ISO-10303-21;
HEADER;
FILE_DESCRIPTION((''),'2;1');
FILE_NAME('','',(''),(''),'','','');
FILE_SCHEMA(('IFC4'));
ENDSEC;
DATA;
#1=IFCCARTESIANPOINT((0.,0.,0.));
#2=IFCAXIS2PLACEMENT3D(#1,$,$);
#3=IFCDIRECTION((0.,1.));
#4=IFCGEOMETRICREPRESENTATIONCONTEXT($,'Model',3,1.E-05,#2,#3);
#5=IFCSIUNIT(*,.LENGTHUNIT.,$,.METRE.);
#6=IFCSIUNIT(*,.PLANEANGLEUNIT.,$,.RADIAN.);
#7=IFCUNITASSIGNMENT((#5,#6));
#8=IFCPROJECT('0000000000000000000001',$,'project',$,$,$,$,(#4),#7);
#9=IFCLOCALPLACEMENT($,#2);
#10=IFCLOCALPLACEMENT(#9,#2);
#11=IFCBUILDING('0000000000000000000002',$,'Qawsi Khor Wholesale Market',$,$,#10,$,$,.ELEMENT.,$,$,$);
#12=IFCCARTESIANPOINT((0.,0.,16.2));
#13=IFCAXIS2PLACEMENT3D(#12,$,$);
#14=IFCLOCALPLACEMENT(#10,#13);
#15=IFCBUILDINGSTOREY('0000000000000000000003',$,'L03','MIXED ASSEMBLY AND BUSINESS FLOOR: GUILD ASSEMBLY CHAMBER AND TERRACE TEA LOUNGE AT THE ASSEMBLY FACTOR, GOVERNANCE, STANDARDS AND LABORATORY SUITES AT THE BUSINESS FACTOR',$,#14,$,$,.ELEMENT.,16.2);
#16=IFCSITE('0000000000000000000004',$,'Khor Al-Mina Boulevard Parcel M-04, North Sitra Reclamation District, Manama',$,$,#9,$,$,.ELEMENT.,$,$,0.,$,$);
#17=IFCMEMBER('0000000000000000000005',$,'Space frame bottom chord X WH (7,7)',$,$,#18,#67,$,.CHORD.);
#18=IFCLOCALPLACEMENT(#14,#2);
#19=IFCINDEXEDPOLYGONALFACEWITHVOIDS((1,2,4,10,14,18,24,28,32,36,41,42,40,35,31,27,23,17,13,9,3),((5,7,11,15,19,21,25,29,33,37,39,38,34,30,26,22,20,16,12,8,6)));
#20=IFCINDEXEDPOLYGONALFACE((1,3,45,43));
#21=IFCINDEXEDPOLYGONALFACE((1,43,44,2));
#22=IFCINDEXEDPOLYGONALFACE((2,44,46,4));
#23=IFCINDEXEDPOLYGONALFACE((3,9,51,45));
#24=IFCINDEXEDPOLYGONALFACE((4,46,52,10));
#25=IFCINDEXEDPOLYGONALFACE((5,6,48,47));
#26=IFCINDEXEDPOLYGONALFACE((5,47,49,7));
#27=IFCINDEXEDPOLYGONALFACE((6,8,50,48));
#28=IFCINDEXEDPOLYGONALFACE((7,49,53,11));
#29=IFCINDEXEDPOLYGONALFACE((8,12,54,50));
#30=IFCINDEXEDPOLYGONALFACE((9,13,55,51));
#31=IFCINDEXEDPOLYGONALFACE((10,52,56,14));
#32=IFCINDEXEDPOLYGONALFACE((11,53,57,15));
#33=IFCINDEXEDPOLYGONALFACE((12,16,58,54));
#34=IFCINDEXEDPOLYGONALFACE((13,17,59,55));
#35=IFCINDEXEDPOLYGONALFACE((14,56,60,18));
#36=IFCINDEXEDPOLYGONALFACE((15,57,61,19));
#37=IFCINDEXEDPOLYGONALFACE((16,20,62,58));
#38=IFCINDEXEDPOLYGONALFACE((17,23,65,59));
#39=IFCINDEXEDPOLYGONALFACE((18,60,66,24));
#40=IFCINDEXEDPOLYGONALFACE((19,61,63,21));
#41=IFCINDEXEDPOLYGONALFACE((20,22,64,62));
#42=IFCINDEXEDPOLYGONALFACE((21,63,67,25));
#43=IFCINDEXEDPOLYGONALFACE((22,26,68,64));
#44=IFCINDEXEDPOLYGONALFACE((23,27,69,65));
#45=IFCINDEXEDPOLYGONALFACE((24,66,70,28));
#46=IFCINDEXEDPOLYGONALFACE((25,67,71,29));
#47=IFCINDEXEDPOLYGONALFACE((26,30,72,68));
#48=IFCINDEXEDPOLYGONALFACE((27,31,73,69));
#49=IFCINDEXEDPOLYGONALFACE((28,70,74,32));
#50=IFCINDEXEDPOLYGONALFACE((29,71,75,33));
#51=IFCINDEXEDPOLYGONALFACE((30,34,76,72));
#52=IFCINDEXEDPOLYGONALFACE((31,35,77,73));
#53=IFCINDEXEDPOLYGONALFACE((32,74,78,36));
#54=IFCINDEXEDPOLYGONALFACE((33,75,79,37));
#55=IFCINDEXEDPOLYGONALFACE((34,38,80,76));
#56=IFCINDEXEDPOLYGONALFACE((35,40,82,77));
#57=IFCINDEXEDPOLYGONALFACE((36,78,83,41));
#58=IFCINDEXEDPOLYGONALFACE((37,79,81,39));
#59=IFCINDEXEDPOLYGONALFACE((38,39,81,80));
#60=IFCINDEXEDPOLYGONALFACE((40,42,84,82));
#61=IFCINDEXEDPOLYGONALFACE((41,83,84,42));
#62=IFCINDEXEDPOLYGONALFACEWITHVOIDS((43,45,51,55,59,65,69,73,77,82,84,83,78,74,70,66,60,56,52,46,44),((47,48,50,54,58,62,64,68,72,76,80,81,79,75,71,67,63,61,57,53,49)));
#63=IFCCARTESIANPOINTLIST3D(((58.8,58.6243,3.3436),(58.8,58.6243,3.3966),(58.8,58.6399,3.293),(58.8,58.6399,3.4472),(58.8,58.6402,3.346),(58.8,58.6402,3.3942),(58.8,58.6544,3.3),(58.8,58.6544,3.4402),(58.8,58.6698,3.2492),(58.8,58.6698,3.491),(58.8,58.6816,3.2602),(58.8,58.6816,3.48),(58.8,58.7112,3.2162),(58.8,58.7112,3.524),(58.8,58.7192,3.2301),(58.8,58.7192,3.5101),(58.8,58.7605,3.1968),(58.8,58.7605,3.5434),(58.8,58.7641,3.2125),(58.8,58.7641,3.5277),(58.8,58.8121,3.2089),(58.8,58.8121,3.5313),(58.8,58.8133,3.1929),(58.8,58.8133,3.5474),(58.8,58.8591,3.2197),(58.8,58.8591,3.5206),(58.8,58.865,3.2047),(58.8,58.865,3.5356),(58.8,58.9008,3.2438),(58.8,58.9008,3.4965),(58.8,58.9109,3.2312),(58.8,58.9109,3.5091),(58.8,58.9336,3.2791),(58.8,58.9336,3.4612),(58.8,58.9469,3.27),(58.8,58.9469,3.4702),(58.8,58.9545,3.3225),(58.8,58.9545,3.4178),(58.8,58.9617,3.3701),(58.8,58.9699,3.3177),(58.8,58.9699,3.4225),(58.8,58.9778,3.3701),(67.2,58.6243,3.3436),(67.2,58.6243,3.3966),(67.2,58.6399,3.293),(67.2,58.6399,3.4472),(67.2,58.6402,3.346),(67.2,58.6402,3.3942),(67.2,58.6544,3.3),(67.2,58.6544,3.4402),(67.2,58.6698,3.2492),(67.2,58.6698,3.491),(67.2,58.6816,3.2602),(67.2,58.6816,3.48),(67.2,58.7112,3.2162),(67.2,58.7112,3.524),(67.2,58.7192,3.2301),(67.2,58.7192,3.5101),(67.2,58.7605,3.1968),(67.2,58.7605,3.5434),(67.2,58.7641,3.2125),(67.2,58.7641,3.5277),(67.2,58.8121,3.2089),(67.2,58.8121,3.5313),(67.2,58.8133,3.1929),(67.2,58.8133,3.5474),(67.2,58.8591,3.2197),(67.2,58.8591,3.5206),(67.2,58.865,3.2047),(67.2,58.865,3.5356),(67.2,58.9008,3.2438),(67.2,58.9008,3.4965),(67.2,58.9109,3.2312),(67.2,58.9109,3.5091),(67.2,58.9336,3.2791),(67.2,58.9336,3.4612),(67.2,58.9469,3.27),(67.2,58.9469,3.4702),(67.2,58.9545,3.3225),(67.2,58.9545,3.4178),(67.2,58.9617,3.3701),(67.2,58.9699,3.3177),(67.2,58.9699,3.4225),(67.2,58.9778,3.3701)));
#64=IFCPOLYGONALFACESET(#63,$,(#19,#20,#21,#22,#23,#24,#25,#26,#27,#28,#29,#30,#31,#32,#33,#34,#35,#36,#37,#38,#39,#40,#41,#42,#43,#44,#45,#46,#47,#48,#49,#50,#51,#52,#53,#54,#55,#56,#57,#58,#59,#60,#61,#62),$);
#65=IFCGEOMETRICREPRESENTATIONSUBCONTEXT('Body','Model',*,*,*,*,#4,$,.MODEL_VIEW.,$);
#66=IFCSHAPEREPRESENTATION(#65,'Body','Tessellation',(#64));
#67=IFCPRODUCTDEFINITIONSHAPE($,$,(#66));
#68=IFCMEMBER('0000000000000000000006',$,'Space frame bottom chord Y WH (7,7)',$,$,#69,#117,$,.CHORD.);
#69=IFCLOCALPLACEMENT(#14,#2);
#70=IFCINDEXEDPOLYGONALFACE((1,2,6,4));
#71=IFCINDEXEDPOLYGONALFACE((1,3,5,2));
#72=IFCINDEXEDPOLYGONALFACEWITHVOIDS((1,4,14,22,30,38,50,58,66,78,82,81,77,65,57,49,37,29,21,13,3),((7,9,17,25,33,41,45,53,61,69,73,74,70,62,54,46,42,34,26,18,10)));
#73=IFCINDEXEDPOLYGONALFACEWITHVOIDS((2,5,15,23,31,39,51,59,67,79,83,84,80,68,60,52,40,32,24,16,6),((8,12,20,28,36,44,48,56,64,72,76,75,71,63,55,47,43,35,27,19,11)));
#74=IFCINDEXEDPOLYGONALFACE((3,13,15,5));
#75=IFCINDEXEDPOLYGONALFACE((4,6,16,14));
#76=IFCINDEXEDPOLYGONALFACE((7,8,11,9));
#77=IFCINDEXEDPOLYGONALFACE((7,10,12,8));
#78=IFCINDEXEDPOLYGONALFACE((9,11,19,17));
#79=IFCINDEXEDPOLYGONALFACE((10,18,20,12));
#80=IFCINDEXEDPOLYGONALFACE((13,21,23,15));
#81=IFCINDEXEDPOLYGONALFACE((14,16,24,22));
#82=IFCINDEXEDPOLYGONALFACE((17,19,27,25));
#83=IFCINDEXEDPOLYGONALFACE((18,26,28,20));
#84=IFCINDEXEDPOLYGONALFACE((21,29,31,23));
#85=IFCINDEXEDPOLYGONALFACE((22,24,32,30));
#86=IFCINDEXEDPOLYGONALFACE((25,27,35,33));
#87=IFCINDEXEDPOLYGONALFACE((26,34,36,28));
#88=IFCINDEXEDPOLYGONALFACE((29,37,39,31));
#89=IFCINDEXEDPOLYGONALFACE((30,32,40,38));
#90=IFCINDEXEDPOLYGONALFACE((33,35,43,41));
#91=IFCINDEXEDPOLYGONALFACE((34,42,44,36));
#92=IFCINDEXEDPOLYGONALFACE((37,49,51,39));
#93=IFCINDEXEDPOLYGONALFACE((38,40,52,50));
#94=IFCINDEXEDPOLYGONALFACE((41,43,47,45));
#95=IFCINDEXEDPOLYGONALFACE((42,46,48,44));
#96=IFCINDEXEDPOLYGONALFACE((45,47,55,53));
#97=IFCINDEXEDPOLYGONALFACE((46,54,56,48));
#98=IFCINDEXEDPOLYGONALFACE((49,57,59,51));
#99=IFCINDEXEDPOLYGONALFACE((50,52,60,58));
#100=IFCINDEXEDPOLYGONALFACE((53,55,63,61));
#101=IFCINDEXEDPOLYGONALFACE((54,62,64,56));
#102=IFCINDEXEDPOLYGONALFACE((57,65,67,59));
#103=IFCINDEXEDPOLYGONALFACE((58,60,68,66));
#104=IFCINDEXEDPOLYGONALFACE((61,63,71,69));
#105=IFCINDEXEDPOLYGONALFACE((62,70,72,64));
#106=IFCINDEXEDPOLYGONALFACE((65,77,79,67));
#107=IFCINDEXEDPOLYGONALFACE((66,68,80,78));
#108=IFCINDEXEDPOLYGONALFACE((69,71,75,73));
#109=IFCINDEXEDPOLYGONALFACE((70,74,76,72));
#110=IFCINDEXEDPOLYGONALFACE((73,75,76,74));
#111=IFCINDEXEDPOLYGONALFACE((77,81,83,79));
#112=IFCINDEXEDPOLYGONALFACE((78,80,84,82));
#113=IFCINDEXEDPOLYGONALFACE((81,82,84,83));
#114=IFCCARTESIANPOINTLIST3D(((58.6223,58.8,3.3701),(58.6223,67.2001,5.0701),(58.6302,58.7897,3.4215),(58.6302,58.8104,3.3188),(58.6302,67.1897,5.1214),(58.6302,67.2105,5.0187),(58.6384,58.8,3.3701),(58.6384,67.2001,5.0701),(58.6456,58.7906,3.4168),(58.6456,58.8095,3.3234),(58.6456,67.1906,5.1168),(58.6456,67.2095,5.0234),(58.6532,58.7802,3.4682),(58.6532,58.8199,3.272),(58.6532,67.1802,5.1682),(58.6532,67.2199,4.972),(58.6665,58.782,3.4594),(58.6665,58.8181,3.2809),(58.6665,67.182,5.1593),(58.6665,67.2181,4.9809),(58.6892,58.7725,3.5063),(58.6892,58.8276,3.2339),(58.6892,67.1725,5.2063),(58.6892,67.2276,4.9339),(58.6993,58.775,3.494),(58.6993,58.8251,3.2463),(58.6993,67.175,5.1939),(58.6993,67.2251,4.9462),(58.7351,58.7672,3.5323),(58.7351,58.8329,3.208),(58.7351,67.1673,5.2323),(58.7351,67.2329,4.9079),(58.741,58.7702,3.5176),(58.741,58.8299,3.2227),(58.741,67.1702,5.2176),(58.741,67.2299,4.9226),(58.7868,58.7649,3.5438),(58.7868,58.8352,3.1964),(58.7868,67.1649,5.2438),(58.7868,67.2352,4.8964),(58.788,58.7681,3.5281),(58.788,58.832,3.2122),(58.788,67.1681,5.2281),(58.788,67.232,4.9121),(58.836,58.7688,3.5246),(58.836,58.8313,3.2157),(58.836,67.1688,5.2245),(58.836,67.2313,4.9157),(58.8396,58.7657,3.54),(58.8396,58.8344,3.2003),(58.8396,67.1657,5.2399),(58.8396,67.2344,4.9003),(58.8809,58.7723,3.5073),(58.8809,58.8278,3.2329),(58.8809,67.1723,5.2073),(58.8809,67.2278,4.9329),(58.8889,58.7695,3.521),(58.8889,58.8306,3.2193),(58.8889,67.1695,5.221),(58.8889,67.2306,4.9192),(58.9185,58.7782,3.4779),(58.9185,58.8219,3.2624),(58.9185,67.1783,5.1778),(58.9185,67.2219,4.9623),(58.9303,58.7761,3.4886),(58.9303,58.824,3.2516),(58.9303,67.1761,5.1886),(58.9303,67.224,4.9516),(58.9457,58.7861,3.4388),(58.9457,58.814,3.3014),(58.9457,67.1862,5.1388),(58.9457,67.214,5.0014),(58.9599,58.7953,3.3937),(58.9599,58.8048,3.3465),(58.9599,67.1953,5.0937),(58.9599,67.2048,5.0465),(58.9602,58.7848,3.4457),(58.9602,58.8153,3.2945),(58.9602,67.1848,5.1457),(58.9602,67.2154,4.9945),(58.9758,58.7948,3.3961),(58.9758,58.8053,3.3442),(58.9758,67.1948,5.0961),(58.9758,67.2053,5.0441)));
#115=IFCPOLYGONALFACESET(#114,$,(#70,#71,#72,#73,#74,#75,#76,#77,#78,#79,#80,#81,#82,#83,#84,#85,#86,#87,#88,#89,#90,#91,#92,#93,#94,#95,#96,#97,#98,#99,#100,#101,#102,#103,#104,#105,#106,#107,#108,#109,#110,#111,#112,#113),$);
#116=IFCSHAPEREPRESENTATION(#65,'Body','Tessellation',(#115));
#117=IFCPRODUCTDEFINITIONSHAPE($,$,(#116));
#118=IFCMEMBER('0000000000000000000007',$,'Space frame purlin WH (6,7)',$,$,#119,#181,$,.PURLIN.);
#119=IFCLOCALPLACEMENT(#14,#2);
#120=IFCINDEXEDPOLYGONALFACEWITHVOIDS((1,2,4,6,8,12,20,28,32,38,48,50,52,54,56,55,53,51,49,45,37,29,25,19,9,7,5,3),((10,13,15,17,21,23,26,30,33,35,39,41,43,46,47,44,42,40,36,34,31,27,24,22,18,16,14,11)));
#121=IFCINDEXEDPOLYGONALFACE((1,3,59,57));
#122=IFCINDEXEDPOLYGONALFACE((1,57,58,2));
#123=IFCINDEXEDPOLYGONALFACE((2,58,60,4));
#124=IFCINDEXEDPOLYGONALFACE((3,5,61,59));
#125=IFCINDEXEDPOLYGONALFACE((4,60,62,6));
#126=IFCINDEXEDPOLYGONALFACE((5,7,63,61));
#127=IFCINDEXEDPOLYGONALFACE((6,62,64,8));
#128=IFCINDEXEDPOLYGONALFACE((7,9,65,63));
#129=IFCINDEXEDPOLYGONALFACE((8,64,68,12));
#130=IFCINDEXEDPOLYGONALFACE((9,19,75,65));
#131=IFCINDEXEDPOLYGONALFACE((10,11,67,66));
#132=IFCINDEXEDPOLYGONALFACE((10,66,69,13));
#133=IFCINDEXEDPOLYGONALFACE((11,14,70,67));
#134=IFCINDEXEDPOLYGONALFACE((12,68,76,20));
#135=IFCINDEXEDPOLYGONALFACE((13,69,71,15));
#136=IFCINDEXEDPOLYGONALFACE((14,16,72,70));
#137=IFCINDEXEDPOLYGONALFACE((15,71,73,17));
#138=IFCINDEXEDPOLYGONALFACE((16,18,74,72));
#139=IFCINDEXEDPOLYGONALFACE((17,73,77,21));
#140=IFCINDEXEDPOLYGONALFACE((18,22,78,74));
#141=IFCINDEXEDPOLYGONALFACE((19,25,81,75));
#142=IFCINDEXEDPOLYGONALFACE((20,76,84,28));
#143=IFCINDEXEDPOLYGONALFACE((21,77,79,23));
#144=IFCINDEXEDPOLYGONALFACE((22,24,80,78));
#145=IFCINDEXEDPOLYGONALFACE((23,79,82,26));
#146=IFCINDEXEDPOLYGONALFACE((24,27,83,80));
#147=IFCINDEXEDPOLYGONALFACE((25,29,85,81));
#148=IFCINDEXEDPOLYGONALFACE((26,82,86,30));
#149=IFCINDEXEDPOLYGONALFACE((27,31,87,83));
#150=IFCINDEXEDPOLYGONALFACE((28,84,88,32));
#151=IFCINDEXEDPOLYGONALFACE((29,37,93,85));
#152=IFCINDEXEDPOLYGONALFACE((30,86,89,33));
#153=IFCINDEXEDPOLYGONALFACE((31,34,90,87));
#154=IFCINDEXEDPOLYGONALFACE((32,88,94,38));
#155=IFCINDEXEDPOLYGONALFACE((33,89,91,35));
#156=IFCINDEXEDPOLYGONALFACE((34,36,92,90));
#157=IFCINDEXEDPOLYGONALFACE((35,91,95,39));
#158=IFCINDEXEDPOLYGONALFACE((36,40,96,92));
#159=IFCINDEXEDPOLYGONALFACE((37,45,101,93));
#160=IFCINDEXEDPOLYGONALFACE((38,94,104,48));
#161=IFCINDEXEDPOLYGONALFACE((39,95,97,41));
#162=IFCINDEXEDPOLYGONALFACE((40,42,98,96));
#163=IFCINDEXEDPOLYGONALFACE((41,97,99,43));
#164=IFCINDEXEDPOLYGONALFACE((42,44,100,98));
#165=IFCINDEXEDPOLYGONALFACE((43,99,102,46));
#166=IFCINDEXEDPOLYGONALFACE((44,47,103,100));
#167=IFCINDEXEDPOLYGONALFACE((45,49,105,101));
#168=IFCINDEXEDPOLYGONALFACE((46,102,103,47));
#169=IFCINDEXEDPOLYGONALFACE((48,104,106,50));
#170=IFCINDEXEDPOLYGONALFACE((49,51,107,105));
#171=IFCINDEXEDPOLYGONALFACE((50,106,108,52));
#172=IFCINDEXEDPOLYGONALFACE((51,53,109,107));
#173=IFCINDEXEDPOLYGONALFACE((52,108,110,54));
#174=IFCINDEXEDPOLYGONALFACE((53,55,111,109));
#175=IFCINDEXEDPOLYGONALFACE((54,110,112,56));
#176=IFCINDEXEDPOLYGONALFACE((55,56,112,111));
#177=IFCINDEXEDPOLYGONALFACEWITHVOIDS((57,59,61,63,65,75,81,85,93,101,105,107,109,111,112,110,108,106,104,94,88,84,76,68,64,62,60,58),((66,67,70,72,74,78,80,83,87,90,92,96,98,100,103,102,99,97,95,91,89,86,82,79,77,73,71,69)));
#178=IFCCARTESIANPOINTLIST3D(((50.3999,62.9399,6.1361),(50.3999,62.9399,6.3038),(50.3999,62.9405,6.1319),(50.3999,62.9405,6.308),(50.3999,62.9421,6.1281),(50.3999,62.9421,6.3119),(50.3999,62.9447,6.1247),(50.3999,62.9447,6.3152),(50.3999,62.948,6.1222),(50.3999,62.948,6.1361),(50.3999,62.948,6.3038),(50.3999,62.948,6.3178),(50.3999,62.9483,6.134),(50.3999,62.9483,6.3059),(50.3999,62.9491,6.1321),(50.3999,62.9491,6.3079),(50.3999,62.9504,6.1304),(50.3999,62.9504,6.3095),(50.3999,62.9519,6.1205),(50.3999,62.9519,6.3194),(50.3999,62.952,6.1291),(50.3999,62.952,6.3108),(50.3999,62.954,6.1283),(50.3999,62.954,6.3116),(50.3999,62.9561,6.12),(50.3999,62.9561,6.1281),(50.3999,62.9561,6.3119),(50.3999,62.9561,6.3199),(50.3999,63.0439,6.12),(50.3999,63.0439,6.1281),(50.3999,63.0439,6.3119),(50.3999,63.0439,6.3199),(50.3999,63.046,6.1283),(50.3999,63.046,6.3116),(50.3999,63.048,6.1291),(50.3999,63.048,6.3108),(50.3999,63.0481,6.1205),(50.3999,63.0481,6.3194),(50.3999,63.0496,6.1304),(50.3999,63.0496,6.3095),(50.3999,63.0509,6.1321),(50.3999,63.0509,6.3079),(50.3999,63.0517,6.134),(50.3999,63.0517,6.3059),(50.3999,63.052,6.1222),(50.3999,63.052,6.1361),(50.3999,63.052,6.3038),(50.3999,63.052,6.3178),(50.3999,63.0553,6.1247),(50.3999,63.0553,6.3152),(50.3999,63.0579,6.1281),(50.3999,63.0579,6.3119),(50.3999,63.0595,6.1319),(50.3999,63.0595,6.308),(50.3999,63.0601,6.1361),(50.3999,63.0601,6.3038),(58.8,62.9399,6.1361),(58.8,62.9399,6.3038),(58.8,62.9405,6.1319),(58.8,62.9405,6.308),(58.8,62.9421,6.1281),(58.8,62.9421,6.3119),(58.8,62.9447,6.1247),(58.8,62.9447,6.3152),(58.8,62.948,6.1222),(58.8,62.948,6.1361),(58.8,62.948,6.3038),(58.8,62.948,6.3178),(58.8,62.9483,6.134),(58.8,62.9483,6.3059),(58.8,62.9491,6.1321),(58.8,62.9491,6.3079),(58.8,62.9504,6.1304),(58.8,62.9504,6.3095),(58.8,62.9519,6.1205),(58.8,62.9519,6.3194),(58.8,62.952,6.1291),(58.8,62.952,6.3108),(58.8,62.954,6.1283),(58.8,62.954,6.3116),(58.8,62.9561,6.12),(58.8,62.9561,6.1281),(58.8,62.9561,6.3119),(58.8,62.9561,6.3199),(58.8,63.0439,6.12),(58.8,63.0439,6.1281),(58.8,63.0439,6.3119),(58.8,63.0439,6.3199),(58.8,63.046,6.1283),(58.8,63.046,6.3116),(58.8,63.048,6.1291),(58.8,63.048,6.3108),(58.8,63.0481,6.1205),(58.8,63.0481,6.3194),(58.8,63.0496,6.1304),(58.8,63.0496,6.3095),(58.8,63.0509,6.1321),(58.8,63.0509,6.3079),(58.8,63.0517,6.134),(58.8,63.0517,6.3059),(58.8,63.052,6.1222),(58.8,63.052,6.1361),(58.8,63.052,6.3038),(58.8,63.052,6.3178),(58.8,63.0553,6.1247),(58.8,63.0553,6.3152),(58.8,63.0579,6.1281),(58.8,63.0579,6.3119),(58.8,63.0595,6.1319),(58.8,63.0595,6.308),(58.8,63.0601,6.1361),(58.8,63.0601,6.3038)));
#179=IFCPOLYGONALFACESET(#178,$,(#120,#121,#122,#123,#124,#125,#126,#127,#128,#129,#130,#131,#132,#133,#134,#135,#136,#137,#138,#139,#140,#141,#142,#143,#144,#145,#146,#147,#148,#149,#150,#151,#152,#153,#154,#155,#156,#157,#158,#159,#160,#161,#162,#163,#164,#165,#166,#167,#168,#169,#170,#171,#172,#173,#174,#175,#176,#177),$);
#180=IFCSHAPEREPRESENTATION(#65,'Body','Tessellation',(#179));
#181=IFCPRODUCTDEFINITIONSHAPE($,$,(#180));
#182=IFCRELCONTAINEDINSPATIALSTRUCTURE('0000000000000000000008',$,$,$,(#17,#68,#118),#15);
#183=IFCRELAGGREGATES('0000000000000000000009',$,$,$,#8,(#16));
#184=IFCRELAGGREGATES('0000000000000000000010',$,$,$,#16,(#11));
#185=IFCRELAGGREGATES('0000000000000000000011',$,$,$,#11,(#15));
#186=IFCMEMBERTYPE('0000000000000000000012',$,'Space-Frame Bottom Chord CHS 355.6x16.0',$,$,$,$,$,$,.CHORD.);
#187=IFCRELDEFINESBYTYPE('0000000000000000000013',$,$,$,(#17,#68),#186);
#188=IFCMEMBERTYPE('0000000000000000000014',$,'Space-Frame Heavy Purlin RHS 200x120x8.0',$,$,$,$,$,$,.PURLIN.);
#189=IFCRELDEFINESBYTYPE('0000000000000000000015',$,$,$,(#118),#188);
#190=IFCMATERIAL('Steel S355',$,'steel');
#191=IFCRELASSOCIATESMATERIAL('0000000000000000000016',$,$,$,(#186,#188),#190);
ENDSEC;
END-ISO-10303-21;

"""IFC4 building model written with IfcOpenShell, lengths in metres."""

from ifc_helpers import new_model, si_unit, direction, frame, origin, origin_2d, place, context, subcontext, project, spatial, hollow_rectangle, hollow_circle, extrude, material, material_profile, profile_set, type_object, element, save


model = new_model("IFC4")

# Units and contexts
model_context = context("Model", 3, precision=1e-05, world=origin(), true_north=direction((0.0, 1.0)))
body_context = subcontext(model_context, "Body", "Model", "MODEL_VIEW")
ifc_project = project(units=[si_unit("LENGTHUNIT", "METRE"), si_unit("PLANEANGLEUNIT", "RADIAN")], contexts=[model_context])

# Site, building, storey
site_placement = place(None, origin())
site = spatial("IfcSite", under=ifc_project, at=site_placement, Name="Khor Al-Mina Boulevard Parcel M-04, North Sitra Reclamation District, Manama", CompositionType="ELEMENT", RefElevation=0.0)
building_placement = place(site_placement, origin())
building = spatial("IfcBuilding", under=site, at=building_placement, Name="Qawsi Khor Wholesale Market", CompositionType="ELEMENT")
storey_placement = place(building_placement, frame((0.0, 0.0, 16.2)))
storey = spatial("IfcBuildingStorey", under=building, at=storey_placement, Name="L03", Description="MIXED ASSEMBLY AND BUSINESS FLOOR: GUILD ASSEMBLY CHAMBER AND TERRACE TEA LOUNGE AT THE ASSEMBLY FACTOR, GOVERNANCE, STANDARDS AND LABORATORY SUITES AT THE BUSINESS FACTOR", CompositionType="ELEMENT", Elevation=16.2)

# Members
ifc_material_1 = material(Name="Steel S355", Category="steel")
ifc_material_profile_1 = material_profile(ifc_material_1, hollow_circle(Radius=0.1777, WallThickness=0.0161, at=origin_2d()), Name="CHS 355.6x16.0")
ifc_profile_set_1 = profile_set([ifc_material_profile_1], Name="Steel S355")
member_type_1 = type_object("IfcMemberType", Name="Space-Frame Bottom Chord CHS 355.6x16.0", PredefinedType="CHORD", material=ifc_profile_set_1)
member_1_placement = place(storey_placement, frame((58.8, 58.8, 3.3701), z_axis=(1.0, 0.0, 0.0), x_axis=(0.0, 1.0, 0.0)))
element("IfcMember", 1, at=member_1_placement, inside=storey, type_object=member_type_1, Name="Space frame bottom chord X WH (7,7)", PredefinedType="CHORD", context=body_context, shape_type="SweptSolid", body=[
    extrude(hollow_circle(Radius=0.1777, WallThickness=0.0161, at=origin_2d()), origin(), (0.0, 0.0, 1.0), 8.3999),
])
member_2_placement = place(storey_placement, frame((58.8, 58.8, 3.3701), z_axis=(0.0, 0.98013, 0.198356), x_axis=(-1.0, 0.0, 0.0)))
element("IfcMember", 2, at=member_2_placement, inside=storey, type_object=member_type_1, Name="Space frame bottom chord Y WH (7,7)", PredefinedType="CHORD", context=body_context, shape_type="SweptSolid", body=[
    extrude(hollow_circle(Radius=0.1777, WallThickness=0.0161, at=origin_2d()), origin(), (0.0, 0.0, 1.0), 8.5703),
])
ifc_material_profile_2 = material_profile(ifc_material_1, hollow_rectangle(XDim=0.1201, YDim=0.2, WallThickness=0.0081, InnerFilletRadius=0.0081, OuterFilletRadius=0.0161, at=origin_2d()), Name="RHS 200x120x8.0")
ifc_profile_set_2 = profile_set([ifc_material_profile_2], Name="Steel S355")
member_type_2 = type_object("IfcMemberType", Name="Space-Frame Heavy Purlin RHS 200x120x8.0", PredefinedType="PURLIN", material=ifc_profile_set_2)
for number, where, z_axis, x_axis, name in (
    (3, (50.3999, 63.0, 6.22), (1.0, 0.0, 0.0), (0.0, 1.0, 0.0), "Space frame purlin WH (6,7)"),
):
    element("IfcMember", number, at=place(storey_placement, frame(where, z_axis=z_axis, x_axis=x_axis)), inside=storey, type_object=member_type_2, Name=name, PredefinedType="PURLIN", context=body_context, shape_type="SweptSolid", body=[
        extrude(hollow_rectangle(XDim=0.1201, YDim=0.2, WallThickness=0.0081, InnerFilletRadius=0.0081, OuterFilletRadius=0.0161, at=origin_2d()), origin(), (0.0, 0.0, 1.0), 8.4001),
    ])

save(model, "model.ifc")
